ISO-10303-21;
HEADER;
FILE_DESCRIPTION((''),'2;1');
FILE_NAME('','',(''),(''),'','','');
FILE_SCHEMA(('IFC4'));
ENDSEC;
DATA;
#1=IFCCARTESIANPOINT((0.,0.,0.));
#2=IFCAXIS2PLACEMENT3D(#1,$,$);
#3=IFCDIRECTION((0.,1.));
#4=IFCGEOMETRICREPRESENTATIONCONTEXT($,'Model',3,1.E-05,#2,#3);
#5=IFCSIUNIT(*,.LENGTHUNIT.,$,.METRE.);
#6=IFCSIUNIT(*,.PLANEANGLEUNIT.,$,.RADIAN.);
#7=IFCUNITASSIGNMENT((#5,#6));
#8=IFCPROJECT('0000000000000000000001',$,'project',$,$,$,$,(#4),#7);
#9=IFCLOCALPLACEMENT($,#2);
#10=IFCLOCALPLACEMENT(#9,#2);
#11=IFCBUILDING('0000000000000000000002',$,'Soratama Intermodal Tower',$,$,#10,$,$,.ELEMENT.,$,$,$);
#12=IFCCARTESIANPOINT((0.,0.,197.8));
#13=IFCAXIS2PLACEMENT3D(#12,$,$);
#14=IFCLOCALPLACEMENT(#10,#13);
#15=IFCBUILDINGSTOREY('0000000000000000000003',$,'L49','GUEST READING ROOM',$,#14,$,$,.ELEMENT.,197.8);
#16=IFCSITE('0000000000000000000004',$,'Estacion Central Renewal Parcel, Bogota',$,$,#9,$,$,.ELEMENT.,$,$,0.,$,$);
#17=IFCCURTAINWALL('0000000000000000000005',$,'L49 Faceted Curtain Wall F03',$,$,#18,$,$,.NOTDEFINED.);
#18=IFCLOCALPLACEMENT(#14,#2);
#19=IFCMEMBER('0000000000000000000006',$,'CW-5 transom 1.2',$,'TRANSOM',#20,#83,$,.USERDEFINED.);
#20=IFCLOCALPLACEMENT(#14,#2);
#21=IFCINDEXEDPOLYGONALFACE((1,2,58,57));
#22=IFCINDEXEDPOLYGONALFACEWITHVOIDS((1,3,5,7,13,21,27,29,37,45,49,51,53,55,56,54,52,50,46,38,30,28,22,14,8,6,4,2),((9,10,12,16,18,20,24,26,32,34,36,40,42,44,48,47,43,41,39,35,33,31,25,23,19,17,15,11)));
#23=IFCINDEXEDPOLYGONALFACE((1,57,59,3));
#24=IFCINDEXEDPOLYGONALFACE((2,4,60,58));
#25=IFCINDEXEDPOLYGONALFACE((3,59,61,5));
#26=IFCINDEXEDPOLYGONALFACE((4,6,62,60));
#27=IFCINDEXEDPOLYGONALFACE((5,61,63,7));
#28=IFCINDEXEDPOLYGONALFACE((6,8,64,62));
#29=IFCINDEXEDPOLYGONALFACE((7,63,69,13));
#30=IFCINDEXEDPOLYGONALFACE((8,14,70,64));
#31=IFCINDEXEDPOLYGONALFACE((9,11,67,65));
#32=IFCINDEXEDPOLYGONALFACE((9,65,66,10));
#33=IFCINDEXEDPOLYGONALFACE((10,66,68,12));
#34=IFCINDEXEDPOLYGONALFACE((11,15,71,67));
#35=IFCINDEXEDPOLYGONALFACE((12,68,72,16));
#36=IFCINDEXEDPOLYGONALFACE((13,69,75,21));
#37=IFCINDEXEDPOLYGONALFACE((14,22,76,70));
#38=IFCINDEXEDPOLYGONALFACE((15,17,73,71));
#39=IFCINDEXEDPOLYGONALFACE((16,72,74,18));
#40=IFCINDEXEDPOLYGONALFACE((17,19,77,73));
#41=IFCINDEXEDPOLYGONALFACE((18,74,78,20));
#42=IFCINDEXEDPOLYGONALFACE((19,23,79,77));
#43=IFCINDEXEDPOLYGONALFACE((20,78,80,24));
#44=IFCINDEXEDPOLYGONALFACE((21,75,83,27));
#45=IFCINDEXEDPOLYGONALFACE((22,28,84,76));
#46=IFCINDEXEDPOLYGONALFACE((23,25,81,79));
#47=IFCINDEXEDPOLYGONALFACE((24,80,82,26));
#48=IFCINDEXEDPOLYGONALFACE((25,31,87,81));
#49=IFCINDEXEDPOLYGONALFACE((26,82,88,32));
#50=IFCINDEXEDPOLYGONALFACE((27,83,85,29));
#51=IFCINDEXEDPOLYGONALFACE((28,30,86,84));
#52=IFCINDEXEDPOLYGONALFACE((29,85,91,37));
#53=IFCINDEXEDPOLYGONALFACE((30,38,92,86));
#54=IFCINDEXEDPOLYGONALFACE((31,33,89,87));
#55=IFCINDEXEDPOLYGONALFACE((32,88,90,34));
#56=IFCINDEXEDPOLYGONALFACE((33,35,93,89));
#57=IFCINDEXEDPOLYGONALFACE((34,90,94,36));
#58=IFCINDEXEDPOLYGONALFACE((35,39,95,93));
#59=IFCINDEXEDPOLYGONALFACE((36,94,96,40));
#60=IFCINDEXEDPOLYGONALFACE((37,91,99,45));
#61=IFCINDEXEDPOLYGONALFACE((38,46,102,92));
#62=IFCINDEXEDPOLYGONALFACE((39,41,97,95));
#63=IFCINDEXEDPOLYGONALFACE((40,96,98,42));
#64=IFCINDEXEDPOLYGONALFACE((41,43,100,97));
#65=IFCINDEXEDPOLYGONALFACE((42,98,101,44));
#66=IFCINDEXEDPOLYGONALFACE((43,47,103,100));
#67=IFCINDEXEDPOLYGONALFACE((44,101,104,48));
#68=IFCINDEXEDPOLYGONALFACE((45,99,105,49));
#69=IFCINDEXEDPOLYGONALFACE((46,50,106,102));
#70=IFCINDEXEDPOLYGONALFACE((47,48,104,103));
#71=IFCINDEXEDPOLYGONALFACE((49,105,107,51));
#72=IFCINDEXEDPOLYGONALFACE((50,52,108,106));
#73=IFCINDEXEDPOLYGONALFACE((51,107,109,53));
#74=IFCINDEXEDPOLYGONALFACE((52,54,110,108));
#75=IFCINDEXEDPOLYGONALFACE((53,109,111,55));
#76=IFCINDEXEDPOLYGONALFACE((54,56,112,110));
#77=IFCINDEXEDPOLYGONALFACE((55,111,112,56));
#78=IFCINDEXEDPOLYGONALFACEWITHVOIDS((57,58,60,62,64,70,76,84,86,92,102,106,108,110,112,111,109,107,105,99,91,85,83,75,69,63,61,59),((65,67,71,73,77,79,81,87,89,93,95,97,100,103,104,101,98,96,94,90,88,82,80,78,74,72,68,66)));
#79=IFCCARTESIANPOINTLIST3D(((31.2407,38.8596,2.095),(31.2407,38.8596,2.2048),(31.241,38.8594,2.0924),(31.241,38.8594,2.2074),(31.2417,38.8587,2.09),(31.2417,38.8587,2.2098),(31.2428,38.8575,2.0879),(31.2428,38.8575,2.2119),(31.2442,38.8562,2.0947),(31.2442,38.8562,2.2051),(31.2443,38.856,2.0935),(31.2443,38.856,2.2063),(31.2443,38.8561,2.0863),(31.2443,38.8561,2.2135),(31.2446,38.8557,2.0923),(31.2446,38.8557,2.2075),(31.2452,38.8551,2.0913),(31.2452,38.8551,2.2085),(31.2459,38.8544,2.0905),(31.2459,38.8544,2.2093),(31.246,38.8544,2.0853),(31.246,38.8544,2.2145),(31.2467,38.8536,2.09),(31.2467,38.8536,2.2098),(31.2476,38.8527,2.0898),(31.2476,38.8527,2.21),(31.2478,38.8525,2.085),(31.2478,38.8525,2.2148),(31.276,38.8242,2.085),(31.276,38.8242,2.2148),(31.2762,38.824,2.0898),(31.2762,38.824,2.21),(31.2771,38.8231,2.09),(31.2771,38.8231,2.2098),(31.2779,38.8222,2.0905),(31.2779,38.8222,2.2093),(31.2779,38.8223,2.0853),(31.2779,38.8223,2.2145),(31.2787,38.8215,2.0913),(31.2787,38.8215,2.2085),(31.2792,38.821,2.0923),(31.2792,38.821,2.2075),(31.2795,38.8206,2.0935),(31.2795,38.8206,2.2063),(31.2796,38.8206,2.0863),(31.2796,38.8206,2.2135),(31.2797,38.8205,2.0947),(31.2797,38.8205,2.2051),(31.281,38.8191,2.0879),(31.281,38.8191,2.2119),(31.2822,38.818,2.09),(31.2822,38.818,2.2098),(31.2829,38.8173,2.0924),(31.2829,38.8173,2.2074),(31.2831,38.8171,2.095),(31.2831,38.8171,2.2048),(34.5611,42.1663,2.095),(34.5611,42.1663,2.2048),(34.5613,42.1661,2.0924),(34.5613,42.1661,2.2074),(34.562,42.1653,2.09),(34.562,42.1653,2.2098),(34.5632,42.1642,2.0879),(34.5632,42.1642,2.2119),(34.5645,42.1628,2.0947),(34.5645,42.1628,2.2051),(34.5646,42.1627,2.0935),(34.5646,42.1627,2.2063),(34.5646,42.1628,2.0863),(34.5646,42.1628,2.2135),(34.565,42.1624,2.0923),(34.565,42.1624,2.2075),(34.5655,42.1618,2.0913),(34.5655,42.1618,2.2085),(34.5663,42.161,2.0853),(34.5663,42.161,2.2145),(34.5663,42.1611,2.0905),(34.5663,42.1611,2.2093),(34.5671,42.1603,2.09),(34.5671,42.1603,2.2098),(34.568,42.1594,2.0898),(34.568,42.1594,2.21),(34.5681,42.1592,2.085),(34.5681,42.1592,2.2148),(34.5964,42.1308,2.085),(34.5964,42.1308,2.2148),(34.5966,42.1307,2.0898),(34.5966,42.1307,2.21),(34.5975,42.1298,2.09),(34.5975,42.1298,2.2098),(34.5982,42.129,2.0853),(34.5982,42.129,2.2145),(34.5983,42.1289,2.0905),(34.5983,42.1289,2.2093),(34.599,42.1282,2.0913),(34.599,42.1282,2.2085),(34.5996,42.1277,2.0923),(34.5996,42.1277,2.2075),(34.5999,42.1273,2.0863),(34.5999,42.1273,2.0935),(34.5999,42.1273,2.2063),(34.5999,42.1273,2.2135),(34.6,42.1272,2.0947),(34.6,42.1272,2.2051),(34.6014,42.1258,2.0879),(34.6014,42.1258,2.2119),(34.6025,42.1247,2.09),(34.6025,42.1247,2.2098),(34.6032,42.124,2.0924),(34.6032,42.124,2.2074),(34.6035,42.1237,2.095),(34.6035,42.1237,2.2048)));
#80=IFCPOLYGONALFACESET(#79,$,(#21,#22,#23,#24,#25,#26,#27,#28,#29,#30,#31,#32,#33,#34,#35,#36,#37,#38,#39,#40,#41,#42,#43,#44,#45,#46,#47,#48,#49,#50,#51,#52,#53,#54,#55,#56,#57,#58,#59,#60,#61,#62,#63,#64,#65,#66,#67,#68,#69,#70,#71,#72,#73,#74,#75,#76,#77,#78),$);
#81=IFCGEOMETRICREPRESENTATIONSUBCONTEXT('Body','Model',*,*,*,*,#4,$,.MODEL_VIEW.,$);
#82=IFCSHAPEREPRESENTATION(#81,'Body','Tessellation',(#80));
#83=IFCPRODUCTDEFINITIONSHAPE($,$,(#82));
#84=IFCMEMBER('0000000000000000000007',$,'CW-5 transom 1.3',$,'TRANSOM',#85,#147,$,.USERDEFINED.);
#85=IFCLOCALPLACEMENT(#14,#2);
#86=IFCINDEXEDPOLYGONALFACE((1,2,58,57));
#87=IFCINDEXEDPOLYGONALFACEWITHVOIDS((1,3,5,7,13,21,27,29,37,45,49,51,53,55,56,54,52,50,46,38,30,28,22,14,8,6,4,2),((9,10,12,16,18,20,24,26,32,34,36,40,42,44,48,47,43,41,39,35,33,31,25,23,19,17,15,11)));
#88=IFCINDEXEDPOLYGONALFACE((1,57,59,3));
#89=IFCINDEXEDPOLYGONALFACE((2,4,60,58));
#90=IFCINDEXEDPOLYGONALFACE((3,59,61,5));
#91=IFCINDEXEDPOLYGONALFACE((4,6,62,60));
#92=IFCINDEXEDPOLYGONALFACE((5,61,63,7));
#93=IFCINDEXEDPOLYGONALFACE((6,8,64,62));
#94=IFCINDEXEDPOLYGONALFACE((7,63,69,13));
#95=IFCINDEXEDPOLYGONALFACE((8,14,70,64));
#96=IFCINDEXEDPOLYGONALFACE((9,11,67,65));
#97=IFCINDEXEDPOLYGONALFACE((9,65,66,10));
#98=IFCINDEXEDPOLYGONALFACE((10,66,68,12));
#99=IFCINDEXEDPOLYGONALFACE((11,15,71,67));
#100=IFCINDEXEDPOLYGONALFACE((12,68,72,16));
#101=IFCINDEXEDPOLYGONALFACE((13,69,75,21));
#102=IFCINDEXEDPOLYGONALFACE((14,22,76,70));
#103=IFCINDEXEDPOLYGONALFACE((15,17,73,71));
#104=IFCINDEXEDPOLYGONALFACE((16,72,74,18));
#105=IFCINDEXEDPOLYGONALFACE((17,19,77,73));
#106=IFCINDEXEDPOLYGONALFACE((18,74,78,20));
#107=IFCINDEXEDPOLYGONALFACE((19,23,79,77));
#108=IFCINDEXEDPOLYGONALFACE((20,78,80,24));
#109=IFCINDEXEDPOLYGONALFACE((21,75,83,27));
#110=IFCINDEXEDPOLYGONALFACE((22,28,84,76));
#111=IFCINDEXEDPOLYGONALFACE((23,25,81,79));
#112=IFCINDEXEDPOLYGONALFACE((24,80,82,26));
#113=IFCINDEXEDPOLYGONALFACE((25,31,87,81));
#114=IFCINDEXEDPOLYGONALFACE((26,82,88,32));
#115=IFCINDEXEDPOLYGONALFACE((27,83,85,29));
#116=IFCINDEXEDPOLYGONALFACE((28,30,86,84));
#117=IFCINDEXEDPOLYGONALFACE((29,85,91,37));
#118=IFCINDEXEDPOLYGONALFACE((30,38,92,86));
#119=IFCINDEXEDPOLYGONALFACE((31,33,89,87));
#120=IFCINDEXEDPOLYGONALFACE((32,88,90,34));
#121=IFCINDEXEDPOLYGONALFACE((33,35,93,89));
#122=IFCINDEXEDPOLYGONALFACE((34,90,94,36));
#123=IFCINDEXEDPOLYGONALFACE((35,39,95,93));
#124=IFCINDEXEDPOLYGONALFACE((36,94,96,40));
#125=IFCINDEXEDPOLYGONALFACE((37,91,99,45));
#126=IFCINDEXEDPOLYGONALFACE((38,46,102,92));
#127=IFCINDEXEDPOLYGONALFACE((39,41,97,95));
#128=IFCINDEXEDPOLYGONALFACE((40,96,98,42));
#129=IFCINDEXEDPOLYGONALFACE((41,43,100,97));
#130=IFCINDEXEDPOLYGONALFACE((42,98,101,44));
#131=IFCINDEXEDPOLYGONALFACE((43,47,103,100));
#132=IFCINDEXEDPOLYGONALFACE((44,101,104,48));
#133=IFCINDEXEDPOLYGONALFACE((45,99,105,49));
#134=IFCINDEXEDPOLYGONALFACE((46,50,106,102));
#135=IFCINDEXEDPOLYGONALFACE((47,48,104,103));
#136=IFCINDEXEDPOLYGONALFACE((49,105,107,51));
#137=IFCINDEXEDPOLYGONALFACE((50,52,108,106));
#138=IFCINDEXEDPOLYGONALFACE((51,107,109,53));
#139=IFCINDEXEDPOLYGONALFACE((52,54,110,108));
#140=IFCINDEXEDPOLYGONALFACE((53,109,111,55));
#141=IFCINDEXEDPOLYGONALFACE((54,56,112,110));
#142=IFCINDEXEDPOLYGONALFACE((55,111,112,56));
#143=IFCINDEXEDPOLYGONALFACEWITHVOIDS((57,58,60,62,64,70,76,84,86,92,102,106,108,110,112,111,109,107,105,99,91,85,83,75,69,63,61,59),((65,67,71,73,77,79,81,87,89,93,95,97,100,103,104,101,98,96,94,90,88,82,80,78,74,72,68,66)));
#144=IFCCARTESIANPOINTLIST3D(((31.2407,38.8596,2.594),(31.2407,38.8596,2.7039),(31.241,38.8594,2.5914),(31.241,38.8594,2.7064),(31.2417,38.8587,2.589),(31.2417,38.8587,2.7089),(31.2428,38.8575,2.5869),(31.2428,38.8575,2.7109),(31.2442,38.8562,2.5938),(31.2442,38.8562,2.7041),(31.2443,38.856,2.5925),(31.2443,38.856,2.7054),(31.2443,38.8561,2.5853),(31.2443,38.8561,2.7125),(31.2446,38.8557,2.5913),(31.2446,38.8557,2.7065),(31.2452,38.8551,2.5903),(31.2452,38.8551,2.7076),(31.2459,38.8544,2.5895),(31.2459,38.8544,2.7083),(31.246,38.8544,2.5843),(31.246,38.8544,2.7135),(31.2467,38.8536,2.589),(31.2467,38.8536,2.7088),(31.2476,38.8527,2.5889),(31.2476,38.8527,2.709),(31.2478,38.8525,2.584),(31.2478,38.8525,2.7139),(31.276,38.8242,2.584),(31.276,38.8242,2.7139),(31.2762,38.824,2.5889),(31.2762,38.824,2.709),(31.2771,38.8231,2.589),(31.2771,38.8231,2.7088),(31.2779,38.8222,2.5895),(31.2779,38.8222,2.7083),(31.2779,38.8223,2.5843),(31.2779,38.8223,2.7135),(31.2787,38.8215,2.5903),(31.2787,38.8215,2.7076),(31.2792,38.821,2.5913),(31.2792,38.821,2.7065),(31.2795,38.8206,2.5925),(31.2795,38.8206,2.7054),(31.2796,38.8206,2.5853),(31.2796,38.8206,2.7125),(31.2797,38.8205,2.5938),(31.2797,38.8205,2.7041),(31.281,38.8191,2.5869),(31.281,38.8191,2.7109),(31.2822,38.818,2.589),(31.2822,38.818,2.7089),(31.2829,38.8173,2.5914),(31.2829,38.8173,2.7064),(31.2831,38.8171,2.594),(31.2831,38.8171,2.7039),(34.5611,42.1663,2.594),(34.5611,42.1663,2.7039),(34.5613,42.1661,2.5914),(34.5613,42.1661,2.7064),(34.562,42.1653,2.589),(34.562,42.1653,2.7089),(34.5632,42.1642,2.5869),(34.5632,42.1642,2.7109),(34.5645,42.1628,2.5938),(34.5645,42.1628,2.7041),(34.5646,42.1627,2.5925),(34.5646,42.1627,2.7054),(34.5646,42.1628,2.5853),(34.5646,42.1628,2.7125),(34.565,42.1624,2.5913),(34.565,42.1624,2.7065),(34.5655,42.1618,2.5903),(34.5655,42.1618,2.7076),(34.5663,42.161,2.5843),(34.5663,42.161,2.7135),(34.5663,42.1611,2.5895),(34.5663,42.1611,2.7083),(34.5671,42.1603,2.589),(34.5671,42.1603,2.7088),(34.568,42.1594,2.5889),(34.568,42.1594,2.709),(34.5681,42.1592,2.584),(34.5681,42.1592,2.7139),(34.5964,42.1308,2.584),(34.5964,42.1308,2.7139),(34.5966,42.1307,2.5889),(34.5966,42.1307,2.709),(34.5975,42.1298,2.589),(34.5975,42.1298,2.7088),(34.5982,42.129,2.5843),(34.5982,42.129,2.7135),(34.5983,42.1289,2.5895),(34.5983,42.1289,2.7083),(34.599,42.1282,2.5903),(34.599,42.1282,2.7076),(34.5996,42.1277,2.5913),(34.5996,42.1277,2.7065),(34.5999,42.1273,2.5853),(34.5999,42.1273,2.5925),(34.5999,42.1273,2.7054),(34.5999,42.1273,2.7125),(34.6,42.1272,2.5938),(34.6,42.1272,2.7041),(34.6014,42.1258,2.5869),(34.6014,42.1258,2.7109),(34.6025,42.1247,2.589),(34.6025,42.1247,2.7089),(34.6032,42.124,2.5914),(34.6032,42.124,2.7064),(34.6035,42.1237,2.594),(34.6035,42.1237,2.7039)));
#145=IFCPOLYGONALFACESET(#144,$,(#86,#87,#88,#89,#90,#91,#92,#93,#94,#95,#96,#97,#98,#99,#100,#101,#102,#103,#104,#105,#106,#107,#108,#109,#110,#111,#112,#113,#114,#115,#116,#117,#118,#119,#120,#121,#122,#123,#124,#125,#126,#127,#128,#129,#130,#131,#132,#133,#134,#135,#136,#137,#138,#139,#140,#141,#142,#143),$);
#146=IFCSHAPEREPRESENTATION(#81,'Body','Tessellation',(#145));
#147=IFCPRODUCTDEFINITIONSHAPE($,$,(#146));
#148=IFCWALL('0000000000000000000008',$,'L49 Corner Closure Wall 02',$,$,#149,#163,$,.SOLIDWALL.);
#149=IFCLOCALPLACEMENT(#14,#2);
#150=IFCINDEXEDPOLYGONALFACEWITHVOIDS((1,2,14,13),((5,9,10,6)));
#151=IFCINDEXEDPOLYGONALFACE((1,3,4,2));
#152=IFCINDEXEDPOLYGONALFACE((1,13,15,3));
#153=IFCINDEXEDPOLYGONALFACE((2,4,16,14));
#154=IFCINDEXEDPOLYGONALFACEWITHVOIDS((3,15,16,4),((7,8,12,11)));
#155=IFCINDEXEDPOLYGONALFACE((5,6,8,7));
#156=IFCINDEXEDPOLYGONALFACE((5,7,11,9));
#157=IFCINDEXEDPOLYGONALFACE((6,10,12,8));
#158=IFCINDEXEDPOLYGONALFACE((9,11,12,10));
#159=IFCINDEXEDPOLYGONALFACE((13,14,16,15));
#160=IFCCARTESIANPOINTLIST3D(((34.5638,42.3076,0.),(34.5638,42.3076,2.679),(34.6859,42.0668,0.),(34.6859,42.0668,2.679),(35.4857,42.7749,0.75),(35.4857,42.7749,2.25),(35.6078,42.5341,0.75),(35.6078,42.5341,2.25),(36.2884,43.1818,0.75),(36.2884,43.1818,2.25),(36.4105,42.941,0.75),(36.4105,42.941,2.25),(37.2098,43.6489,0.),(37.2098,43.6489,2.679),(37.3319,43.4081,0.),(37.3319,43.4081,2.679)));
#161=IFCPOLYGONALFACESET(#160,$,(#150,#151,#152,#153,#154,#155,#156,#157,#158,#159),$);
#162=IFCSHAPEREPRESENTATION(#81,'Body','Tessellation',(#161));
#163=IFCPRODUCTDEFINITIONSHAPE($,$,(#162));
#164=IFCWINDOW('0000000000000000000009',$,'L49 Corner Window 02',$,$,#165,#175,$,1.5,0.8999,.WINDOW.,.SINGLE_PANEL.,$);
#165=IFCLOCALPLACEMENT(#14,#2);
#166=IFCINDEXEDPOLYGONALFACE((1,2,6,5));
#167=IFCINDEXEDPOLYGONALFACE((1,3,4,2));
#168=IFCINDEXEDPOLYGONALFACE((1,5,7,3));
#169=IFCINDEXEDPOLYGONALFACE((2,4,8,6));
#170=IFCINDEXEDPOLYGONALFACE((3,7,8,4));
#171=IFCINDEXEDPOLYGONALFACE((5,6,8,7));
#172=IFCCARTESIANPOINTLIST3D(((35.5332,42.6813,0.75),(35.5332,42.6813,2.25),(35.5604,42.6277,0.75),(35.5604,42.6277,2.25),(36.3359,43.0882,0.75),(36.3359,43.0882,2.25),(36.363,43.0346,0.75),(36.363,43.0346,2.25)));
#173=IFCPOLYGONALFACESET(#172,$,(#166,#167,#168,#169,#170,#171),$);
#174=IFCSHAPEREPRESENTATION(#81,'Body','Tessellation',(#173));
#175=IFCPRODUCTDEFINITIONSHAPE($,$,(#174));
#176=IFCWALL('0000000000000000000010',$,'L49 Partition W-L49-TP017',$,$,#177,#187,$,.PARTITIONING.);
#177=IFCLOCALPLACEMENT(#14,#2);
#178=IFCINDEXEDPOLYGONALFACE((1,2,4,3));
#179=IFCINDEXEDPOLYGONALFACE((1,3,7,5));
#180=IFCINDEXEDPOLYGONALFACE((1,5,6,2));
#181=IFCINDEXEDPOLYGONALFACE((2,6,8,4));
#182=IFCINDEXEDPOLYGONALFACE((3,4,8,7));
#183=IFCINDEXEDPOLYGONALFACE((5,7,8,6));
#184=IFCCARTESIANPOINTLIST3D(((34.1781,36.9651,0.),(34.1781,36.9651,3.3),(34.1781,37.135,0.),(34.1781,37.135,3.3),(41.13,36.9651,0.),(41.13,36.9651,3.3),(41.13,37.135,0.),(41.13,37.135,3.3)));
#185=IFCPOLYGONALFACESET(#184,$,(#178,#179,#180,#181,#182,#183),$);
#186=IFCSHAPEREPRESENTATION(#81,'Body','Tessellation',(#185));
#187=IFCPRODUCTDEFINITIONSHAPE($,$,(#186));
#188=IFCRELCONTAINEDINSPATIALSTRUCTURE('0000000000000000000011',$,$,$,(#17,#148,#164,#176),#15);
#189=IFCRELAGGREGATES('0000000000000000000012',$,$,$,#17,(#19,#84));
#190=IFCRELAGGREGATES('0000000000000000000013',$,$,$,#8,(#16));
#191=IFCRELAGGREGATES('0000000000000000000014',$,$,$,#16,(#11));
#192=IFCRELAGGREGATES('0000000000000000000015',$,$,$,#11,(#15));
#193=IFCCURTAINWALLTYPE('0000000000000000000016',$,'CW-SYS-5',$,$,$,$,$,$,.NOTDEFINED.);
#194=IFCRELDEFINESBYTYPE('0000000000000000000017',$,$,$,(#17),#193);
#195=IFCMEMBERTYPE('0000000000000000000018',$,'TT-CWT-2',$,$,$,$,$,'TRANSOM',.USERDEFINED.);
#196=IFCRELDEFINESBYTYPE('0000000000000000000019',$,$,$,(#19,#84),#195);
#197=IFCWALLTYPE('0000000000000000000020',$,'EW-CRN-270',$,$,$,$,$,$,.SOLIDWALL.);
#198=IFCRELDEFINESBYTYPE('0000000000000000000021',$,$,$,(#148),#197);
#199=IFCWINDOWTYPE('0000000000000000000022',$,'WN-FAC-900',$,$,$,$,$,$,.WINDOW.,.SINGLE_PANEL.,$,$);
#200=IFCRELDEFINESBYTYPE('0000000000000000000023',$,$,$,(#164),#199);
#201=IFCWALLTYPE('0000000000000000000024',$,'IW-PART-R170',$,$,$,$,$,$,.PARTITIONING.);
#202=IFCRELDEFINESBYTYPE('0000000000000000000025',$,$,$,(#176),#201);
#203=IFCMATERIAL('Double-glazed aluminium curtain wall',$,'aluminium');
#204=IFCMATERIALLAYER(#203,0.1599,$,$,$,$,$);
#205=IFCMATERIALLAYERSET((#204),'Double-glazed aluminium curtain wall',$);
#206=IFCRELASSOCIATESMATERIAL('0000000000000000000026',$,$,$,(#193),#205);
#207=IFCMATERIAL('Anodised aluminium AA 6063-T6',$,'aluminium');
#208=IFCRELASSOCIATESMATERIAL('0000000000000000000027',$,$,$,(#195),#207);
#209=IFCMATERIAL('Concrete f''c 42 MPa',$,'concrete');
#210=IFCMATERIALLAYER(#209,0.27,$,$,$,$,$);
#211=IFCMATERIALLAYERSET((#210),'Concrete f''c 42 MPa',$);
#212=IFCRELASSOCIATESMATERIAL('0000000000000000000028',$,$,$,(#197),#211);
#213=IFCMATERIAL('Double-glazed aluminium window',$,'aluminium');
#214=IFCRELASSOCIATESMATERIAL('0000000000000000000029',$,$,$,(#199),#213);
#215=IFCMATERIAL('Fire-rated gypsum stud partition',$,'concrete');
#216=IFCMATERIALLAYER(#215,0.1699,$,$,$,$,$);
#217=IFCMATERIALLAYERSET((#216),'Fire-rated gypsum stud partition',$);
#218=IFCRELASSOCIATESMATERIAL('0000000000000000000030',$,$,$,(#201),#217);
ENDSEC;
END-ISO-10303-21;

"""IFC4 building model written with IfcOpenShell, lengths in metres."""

from ifc_helpers import new_model, si_unit, direction, frame, frame_2d, origin, origin_2d, place, context, subcontext, project, spatial, rectangle, hollow_rectangle, extrude, material, layer, layer_set, material_profile, profile_set, type_object, element, fill, aggregate, save


model = new_model("IFC4")

# Units and contexts
model_context = context("Model", 3, precision=1e-05, world=origin(), true_north=direction((0.0, 1.0)))
body_context = subcontext(model_context, "Body", "Model", "MODEL_VIEW")
ifc_project = project(units=[si_unit("LENGTHUNIT", "METRE"), si_unit("PLANEANGLEUNIT", "RADIAN")], contexts=[model_context])

# Site, building, storey
site_placement = place(None, origin())
site = spatial("IfcSite", under=ifc_project, at=site_placement, Name="Estacion Central Renewal Parcel, Bogota", CompositionType="ELEMENT", RefElevation=0.0)
building_placement = place(site_placement, origin())
building = spatial("IfcBuilding", under=site, at=building_placement, Name="Soratama Intermodal Tower", CompositionType="ELEMENT")
storey_placement = place(building_placement, frame((0.0, 0.0, 197.8)))
storey = spatial("IfcBuildingStorey", under=building, at=storey_placement, Name="L49", Description="GUEST READING ROOM", CompositionType="ELEMENT", Elevation=197.8)

# Curtain wall, members
ifc_material_1 = material(Name="Double-glazed aluminium curtain wall", Category="aluminium")
ifc_layer_1 = layer(ifc_material_1, 0.1599)
ifc_layer_set_1 = layer_set([ifc_layer_1], Name="Double-glazed aluminium curtain wall")
curtain_wall_type = type_object("IfcCurtainWallType", Name="CW-SYS-5", PredefinedType="NOTDEFINED", material=ifc_layer_set_1)
curtain_wall_placement = place(storey_placement, origin())
curtain_wall = element("IfcCurtainWall", 1, at=curtain_wall_placement, inside=storey, type_object=curtain_wall_type, Name="L49 Faceted Curtain Wall F03", PredefinedType="NOTDEFINED")
ifc_material_2 = material(Name="Anodised aluminium AA 6063-T6", Category="aluminium")
ifc_material_profile_1 = material_profile(ifc_material_2, hollow_rectangle(XDim=0.0601, YDim=0.1299, WallThickness=0.0049, InnerFilletRadius=0.0049, OuterFilletRadius=0.01, at=origin_2d()), Name="CWT130X60X5")
ifc_profile_set_1 = profile_set([ifc_material_profile_1], Name="Anodised aluminium AA 6063-T6")
member_type_1 = type_object("IfcMemberType", Name="TT-CWT-2", ElementType="TRANSOM", PredefinedType="USERDEFINED", material=ifc_profile_set_1)
member_1_placement = place(storey_placement, frame((34.5823, 42.145, 2.1499), z_axis=(-0.708564, -0.705646, 0.0), x_axis=(0.705646, -0.708564, 0.0)))
member_1 = element("IfcMember", 2, at=member_1_placement, type_object=member_type_1, Name="CW-5 transom 1.2", ObjectType="TRANSOM", PredefinedType="USERDEFINED", context=body_context, shape_type="SweptSolid", body=[
    extrude(hollow_rectangle(XDim=0.0601, YDim=0.1299, WallThickness=0.0049, InnerFilletRadius=0.0049, OuterFilletRadius=0.01, at=origin_2d()), origin(), (0.0, 0.0, 1.0), 4.686),
])
member_2_placement = place(storey_placement, frame((34.5823, 42.145, 2.6489), z_axis=(-0.708564, -0.705646, 0.0), x_axis=(0.705646, -0.708564, 0.0)))
member_2 = element("IfcMember", 3, at=member_2_placement, type_object=member_type_1, Name="CW-5 transom 1.3", ObjectType="TRANSOM", PredefinedType="USERDEFINED", context=body_context, shape_type="SweptSolid", body=[
    extrude(hollow_rectangle(XDim=0.0601, YDim=0.1299, WallThickness=0.0049, InnerFilletRadius=0.0049, OuterFilletRadius=0.01, at=origin_2d()), origin(), (0.0, 0.0, 1.0), 4.686),
])
aggregate(curtain_wall, [member_1, member_2])

# Wall, opening, window
ifc_material_3 = material(Name="Concrete f'c 42 MPa", Category="concrete")
ifc_layer_2 = layer(ifc_material_3, 0.27)
ifc_layer_set_2 = layer_set([ifc_layer_2], Name="Concrete f'c 42 MPa")
wall_type_1 = type_object("IfcWallType", Name="EW-CRN-270", PredefinedType="SOLIDWALL", material=ifc_layer_set_2)
wall_1_placement = place(storey_placement, frame((37.271, 43.5286, 0.0), z_axis=(0.0, 0.0, 1.0), x_axis=(-0.891945, -0.452145, 0.0)))
wall_1 = element("IfcWall", 4, at=wall_1_placement, inside=storey, type_object=wall_type_1, Name="L49 Corner Closure Wall 02", PredefinedType="SOLIDWALL", context=body_context, shape_type="SweptSolid", body=[
    extrude(rectangle(XDim=2.9666, YDim=0.27, at=frame_2d((1.4834, 0.0))), origin(), (0.0, 0.0, 1.0), 2.679),
])
opening_placement = place(wall_1_placement, frame((1.0332, 0.0, 0.75)))
opening = element("IfcOpeningElement", 5, at=opening_placement, cuts=wall_1, PredefinedType="OPENING", context=body_context, shape_type="SweptSolid", body=[
    extrude(rectangle(XDim=0.8999, YDim=1.5, at=frame_2d((0.45, 0.75))), frame((0.0, 0.145, 0.0), z_axis=(0.0, -1.0, 0.0), x_axis=(1.0, 0.0, 0.0)), (0.0, 0.0, 1.0), 0.29),
])
ifc_material_4 = material(Name="Double-glazed aluminium window", Category="aluminium")
window_type = type_object("IfcWindowType", Name="WN-FAC-900", PartitioningType="SINGLE_PANEL", PredefinedType="WINDOW", material=ifc_material_4)
window_placement = place(opening_placement, origin())
window = element("IfcWindow", 6, at=window_placement, inside=storey, type_object=window_type, Name="L49 Corner Window 02", OverallHeight=1.5, OverallWidth=0.8999, PartitioningType="SINGLE_PANEL", PredefinedType="WINDOW", context=body_context, shape_type="SweptSolid", body=[
    extrude(rectangle(XDim=0.8999, YDim=1.5, at=frame_2d((0.45, 0.75))), frame((0.0, 0.03, 0.0), z_axis=(0.0, -1.0, 0.0), x_axis=(1.0, 0.0, 0.0)), (0.0, 0.0, 1.0), 0.0601),
])
fill(opening, window)

# Wall
ifc_material_5 = material(Name="Fire-rated gypsum stud partition", Category="concrete")
ifc_layer_3 = layer(ifc_material_5, 0.1699)
ifc_layer_set_3 = layer_set([ifc_layer_3], Name="Fire-rated gypsum stud partition")
wall_type_2 = type_object("IfcWallType", Name="IW-PART-R170", PredefinedType="PARTITIONING", material=ifc_layer_set_3)
wall_2_placement = place(storey_placement, frame((34.178, 37.05, 0.0), z_axis=(0.0, 0.0, 1.0), x_axis=(1.0, 0.0, 0.0)))
element("IfcWall", 7, at=wall_2_placement, inside=storey, type_object=wall_type_2, Name="L49 Partition W-L49-TP017", PredefinedType="PARTITIONING", context=body_context, shape_type="SweptSolid", body=[
    extrude(rectangle(XDim=6.9519, YDim=0.1699, at=frame_2d((3.4761, 0.0))), origin(), (0.0, 0.0, 1.0), 3.3),
])

save(model, "model.ifc")
